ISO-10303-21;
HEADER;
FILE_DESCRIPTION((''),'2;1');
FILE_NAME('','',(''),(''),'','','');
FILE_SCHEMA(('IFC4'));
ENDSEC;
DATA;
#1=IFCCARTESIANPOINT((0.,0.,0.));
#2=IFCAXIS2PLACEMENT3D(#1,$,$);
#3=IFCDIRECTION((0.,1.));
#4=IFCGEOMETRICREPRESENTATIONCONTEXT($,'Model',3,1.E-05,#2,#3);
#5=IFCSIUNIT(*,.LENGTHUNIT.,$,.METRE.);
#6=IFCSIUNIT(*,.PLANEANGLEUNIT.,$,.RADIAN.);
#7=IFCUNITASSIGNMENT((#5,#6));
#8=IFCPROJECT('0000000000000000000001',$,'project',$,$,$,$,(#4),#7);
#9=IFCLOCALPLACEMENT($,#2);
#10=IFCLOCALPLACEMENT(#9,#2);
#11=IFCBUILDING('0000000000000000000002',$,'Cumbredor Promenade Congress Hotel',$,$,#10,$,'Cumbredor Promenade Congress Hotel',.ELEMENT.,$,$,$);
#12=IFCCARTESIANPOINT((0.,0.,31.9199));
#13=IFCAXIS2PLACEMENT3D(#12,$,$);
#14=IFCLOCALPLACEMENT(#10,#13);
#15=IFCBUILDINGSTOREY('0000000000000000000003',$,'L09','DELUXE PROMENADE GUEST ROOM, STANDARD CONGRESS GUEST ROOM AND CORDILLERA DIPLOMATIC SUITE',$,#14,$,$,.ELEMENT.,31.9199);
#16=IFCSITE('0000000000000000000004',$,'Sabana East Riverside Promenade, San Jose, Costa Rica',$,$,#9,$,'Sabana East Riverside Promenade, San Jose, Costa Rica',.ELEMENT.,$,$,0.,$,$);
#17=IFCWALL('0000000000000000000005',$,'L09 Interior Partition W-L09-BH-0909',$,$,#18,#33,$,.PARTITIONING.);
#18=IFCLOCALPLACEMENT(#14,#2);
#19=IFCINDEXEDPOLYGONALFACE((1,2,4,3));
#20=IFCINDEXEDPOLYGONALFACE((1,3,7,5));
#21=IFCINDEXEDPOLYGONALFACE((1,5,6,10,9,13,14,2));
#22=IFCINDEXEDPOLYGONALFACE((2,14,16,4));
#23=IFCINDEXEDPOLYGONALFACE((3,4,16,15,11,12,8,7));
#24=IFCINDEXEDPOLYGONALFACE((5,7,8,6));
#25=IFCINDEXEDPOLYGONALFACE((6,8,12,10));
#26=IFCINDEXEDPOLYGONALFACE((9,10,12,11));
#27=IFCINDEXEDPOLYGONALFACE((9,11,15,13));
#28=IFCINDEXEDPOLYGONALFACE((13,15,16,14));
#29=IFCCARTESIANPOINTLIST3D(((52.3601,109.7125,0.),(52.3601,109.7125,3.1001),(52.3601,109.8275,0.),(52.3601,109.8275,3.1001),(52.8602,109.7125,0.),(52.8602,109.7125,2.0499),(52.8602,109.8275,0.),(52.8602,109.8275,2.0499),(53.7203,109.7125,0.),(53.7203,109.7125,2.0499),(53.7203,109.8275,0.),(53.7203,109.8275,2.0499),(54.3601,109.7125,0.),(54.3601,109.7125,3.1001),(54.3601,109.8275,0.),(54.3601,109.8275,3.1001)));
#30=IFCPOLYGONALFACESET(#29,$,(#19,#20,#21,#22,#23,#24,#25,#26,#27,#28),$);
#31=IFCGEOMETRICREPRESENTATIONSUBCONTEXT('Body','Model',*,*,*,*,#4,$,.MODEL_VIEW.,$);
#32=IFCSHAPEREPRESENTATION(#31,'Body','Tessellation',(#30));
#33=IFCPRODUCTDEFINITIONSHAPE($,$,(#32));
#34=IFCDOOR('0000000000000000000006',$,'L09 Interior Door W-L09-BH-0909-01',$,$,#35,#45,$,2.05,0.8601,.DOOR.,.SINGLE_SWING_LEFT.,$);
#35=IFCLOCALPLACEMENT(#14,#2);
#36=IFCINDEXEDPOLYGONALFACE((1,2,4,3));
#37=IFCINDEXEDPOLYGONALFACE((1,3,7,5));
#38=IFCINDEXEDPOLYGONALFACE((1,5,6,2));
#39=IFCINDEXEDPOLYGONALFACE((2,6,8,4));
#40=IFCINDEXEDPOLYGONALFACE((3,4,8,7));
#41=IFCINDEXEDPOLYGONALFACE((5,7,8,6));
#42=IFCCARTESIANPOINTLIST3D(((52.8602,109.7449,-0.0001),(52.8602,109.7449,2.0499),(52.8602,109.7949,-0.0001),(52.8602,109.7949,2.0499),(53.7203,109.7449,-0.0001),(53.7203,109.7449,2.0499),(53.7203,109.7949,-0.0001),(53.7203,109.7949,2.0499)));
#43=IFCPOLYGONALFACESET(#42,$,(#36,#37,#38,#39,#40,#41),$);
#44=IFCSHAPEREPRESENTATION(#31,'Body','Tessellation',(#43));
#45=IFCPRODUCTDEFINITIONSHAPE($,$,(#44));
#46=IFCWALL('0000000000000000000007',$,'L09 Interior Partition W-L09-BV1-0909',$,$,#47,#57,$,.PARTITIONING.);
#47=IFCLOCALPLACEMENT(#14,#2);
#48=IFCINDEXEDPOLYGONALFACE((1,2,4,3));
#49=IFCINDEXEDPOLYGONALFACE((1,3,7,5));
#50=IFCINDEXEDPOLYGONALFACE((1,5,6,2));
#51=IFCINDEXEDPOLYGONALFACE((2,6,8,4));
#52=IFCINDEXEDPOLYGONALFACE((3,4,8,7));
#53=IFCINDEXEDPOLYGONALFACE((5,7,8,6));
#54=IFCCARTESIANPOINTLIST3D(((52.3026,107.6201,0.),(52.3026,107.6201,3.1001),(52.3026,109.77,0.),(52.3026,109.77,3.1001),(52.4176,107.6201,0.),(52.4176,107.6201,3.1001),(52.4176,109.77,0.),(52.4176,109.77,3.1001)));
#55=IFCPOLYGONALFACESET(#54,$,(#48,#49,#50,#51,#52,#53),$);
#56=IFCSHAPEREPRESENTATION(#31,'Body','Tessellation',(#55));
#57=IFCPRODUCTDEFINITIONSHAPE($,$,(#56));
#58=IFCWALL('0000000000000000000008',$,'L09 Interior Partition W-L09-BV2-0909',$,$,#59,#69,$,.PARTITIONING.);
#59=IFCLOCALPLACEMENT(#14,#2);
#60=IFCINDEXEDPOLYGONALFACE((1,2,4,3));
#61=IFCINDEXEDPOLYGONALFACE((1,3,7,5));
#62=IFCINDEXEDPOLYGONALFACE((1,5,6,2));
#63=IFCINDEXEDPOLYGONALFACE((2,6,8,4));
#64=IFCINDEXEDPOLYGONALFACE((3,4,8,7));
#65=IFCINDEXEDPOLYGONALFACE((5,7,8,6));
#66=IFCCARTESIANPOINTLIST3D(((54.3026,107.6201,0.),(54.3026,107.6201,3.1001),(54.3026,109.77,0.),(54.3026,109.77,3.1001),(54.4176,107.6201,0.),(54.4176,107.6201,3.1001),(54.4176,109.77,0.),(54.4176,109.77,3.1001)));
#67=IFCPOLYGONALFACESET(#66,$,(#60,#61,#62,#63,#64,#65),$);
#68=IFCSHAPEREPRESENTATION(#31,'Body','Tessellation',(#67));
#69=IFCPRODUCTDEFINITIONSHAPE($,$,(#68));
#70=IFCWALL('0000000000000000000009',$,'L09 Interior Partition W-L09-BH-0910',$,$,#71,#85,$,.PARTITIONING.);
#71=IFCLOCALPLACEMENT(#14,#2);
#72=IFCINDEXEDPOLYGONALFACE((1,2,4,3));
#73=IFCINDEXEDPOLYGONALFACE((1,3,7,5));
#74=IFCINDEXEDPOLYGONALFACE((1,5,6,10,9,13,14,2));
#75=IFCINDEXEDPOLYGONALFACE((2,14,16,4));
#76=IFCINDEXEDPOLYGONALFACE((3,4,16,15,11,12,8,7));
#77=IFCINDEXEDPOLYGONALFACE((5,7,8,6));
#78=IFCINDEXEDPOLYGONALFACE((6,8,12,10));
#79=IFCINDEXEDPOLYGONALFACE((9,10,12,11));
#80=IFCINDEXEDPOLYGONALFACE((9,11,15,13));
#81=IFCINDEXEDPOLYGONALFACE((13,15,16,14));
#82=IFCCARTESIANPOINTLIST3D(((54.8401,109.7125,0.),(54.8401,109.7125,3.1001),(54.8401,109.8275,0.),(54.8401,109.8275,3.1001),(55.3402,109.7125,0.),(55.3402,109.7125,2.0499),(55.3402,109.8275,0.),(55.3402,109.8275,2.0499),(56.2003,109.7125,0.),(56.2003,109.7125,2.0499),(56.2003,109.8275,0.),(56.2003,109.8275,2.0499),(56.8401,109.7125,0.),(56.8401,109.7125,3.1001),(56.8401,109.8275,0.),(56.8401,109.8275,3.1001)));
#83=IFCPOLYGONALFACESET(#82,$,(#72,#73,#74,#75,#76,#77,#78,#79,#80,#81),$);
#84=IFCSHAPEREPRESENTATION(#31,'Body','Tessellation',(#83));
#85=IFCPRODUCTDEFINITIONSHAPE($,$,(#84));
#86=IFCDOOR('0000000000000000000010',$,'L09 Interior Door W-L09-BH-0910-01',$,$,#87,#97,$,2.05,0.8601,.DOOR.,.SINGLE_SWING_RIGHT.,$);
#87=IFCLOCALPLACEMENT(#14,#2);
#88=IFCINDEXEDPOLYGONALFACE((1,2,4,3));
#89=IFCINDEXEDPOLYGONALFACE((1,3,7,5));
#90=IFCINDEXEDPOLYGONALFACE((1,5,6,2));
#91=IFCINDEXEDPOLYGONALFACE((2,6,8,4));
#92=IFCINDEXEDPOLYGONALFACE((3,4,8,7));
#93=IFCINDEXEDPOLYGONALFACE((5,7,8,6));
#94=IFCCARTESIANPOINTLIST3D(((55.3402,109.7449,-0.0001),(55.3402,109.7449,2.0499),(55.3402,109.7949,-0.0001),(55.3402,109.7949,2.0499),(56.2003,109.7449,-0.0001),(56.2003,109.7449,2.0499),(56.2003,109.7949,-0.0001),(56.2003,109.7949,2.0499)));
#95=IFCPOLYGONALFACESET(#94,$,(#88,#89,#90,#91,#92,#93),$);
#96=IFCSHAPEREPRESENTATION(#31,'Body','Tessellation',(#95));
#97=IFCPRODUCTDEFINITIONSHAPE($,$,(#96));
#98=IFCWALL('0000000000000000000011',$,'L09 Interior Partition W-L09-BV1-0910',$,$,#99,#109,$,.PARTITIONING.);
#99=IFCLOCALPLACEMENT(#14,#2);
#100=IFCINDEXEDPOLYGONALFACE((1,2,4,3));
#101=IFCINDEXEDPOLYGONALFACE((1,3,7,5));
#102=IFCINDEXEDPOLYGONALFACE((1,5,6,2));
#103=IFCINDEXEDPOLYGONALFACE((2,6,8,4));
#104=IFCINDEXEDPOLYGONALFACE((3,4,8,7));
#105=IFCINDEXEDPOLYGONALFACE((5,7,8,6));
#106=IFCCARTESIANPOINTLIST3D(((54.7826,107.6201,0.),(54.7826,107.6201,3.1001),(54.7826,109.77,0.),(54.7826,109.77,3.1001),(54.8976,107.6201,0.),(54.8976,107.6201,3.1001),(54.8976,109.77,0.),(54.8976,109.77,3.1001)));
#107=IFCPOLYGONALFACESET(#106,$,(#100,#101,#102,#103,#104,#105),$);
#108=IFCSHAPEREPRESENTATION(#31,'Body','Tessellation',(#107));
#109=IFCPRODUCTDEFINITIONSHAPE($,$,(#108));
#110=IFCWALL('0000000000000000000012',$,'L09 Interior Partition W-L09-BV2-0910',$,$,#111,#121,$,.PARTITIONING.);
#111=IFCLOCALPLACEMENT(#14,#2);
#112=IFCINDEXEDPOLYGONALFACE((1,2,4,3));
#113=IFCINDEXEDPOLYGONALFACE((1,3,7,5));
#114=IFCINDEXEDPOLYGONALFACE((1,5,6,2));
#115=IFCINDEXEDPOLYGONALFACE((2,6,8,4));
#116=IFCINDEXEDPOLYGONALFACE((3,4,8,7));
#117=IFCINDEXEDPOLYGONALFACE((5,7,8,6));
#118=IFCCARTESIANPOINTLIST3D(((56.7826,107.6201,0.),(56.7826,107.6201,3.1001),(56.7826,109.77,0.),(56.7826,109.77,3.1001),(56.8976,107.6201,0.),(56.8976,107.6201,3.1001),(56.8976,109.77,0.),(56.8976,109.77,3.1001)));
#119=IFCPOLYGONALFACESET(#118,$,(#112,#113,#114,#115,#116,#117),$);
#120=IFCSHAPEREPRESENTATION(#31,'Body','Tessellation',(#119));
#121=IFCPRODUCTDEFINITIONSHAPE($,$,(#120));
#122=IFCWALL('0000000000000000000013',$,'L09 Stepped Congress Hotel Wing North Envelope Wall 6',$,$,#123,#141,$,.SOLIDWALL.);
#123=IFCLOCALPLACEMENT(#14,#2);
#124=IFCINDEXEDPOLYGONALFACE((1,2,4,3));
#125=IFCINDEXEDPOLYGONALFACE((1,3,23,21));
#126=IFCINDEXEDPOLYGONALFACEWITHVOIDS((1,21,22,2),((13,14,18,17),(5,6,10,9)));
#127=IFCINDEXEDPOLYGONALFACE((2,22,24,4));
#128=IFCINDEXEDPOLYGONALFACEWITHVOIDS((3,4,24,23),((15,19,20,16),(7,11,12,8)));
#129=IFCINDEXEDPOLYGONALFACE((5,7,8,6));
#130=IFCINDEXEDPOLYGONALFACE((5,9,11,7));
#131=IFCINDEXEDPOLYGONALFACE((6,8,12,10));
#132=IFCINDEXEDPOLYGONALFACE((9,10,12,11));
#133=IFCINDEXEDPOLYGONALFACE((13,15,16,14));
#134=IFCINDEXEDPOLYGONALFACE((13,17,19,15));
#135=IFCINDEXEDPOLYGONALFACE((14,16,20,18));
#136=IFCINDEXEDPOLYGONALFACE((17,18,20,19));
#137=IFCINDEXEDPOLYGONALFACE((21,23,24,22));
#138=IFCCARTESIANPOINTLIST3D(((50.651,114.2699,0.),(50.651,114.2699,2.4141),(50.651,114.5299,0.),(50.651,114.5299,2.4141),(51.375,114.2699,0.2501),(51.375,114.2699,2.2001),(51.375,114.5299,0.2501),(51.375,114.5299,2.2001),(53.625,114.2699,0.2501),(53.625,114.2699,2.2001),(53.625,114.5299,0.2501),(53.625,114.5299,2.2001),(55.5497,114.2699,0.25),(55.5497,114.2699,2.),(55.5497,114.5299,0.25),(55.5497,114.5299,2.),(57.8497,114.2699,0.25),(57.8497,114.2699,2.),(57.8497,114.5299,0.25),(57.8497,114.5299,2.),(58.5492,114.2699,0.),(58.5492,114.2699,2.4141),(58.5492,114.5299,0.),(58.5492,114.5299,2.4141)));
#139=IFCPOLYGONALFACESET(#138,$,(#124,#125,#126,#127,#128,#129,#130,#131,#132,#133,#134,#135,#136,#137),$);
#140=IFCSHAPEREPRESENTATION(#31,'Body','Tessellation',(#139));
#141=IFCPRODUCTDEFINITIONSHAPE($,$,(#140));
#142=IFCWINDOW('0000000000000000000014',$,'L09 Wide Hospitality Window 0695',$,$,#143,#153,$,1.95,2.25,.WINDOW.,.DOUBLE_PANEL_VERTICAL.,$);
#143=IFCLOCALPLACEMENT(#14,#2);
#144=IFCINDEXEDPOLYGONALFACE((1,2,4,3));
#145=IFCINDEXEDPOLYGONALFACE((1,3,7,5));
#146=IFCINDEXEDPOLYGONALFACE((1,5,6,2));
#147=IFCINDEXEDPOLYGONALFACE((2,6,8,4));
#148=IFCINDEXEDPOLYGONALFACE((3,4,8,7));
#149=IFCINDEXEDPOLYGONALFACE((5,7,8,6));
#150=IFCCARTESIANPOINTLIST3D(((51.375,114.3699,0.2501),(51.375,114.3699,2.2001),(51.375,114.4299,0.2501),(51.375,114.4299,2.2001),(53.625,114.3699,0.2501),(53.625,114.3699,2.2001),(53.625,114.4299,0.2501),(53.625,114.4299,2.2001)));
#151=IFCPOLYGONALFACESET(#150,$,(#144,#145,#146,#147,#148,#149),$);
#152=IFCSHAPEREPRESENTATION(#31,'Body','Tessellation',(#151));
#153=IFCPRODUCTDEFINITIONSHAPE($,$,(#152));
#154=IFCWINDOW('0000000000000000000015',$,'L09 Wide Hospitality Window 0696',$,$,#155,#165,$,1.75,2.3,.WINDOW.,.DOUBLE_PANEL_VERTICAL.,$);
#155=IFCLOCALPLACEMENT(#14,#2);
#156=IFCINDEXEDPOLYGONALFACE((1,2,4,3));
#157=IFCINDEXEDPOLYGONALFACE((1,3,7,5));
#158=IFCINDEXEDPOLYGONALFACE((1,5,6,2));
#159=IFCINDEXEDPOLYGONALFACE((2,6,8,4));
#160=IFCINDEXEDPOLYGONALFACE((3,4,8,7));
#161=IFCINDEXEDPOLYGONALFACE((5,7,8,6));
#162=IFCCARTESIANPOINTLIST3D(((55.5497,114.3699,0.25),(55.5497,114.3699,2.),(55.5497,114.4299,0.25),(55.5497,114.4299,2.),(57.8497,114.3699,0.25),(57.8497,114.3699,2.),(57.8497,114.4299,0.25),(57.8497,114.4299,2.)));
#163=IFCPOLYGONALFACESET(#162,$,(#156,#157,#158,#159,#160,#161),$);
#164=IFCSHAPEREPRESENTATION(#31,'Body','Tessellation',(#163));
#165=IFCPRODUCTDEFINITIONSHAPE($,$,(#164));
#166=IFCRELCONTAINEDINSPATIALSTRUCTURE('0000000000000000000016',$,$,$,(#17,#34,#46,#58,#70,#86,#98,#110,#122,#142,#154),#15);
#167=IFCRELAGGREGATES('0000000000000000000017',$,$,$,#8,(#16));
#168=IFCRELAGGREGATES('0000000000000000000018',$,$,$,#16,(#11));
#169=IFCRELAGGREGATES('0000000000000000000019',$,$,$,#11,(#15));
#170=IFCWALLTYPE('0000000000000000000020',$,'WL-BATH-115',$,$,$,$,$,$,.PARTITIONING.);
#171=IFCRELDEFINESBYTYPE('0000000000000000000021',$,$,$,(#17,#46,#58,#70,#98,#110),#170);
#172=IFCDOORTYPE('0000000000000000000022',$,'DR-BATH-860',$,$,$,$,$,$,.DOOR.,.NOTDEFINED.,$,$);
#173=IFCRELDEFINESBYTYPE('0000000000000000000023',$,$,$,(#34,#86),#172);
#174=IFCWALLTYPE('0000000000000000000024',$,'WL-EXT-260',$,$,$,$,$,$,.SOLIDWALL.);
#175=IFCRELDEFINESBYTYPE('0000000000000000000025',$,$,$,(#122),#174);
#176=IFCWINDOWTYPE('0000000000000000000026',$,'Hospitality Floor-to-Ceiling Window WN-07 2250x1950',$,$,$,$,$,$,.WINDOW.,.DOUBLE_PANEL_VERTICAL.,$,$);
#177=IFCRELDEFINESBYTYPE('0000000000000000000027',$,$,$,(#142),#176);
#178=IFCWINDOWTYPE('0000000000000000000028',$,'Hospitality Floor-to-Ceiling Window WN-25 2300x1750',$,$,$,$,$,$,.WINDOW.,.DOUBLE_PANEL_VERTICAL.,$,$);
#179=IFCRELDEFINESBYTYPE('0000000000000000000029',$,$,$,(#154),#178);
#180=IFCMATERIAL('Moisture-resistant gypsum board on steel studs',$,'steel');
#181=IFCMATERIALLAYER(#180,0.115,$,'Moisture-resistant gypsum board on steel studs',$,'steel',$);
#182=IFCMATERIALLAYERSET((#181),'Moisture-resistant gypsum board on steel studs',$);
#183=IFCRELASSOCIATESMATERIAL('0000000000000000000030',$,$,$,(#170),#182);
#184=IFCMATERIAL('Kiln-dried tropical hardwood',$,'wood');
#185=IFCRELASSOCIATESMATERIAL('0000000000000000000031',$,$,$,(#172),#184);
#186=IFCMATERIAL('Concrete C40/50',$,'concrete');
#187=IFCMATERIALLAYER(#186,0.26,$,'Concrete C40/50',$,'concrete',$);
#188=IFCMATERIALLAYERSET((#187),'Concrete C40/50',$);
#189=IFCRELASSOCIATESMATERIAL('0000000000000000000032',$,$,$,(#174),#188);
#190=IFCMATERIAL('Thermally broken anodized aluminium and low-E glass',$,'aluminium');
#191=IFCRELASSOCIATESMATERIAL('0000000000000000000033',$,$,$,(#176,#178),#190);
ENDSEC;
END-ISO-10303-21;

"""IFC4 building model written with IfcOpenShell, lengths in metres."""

from ifc_helpers import new_model, si_unit, direction, frame, frame_2d, origin, place, context, subcontext, project, spatial, rectangle, extrude, material, layer, layer_set, type_object, element, fill, save


model = new_model("IFC4")

# Units and contexts
model_context = context("Model", 3, precision=1e-05, world=origin(), true_north=direction((0.0, 1.0)))
body_context = subcontext(model_context, "Body", "Model", "MODEL_VIEW")
ifc_project = project(units=[si_unit("LENGTHUNIT", "METRE"), si_unit("PLANEANGLEUNIT", "RADIAN")], contexts=[model_context])

# Site, building, storey
site_placement = place(None, origin())
site = spatial("IfcSite", under=ifc_project, at=site_placement, Name="Sabana East Riverside Promenade, San Jose, Costa Rica", LongName="Sabana East Riverside Promenade, San Jose, Costa Rica", CompositionType="ELEMENT", RefElevation=0.0)
building_placement = place(site_placement, origin())
building = spatial("IfcBuilding", under=site, at=building_placement, Name="Cumbredor Promenade Congress Hotel", LongName="Cumbredor Promenade Congress Hotel", CompositionType="ELEMENT")
storey_placement = place(building_placement, frame((0.0, 0.0, 31.9199)))
storey = spatial("IfcBuildingStorey", under=building, at=storey_placement, Name="L09", Description="DELUXE PROMENADE GUEST ROOM, STANDARD CONGRESS GUEST ROOM AND CORDILLERA DIPLOMATIC SUITE", CompositionType="ELEMENT", Elevation=31.9199)

# Shared definitions
ifc_material_1 = material(Name="Concrete C40/50", Category="concrete")

# Shared definitions
ifc_material_2 = material(Name="Thermally broken anodized aluminium and low-E glass", Category="aluminium")
ifc_material_3 = material(Name="Kiln-dried tropical hardwood", Category="wood")

# Shared definitions
ifc_material_4 = material(Name="Moisture-resistant gypsum board on steel studs", Category="steel")
ifc_layer_1 = layer(ifc_material_4, 0.115, Name="Moisture-resistant gypsum board on steel studs", Category="steel")
ifc_layer_set_1 = layer_set([ifc_layer_1], Name="Moisture-resistant gypsum board on steel studs")
wall_type_1 = type_object("IfcWallType", Name="WL-BATH-115", PredefinedType="PARTITIONING", material=ifc_layer_set_1)

# Wall, opening, door
wall_1_placement = place(storey_placement, frame((52.3601, 109.77, 0.0), z_axis=(0.0, 0.0, 1.0), x_axis=(1.0, 0.0, 0.0)))
wall_1 = element("IfcWall", 1, at=wall_1_placement, inside=storey, type_object=wall_type_1, Name="L09 Interior Partition W-L09-BH-0909", PredefinedType="PARTITIONING", context=body_context, shape_type="SweptSolid", body=[
    extrude(rectangle(XDim=2.0, YDim=0.115, at=frame_2d((1.0, 0.0))), origin(), (0.0, 0.0, 1.0), 3.1001),
])
opening_1_placement = place(wall_1_placement, frame((0.5, 0.0, 0.0)))
opening_1 = element("IfcOpeningElement", 2, at=opening_1_placement, cuts=wall_1, PredefinedType="OPENING", context=body_context, shape_type="SweptSolid", body=[
    extrude(rectangle(XDim=0.8601, YDim=2.05, at=frame_2d((0.4302, 1.0249))), frame((0.0, 0.0674, 0.0), z_axis=(0.0, -1.0, 0.0), x_axis=(1.0, 0.0, 0.0)), (0.0, 0.0, 1.0), 0.135),
])
door_type = type_object("IfcDoorType", Name="DR-BATH-860", OperationType="NOTDEFINED", PredefinedType="DOOR", material=ifc_material_3)
door_1_placement = place(opening_1_placement, origin())
door_1 = element("IfcDoor", 3, at=door_1_placement, inside=storey, type_object=door_type, Name="L09 Interior Door W-L09-BH-0909-01", OperationType="SINGLE_SWING_LEFT", OverallHeight=2.05, OverallWidth=0.8601, PredefinedType="DOOR", context=body_context, shape_type="SweptSolid", body=[
    extrude(rectangle(XDim=0.8601, YDim=2.05, at=frame_2d((0.4302, 1.0249))), frame((0.0, 0.0249, 0.0), z_axis=(0.0, -1.0, 0.0), x_axis=(1.0, 0.0, 0.0)), (0.0, 0.0, 1.0), 0.05),
])
fill(opening_1, door_1)

# Walls
for number, where, z_axis, x_axis, name in (
    (4, (52.3601, 107.6201, 0.0), (0.0, 0.0, 1.0), (0.0, 1.0, 0.0), "L09 Interior Partition W-L09-BV1-0909"),
    (5, (54.3601, 107.6201, 0.0), (0.0, 0.0, 1.0), (0.0, 1.0, 0.0), "L09 Interior Partition W-L09-BV2-0909"),
):
    element("IfcWall", number, at=place(storey_placement, frame(where, z_axis=z_axis, x_axis=x_axis)), inside=storey, type_object=wall_type_1, Name=name, PredefinedType="PARTITIONING", context=body_context, shape_type="SweptSolid", body=[
        extrude(rectangle(XDim=2.1499, YDim=0.115, at=frame_2d((1.075, 0.0))), origin(), (0.0, 0.0, 1.0), 3.1001),
    ])

# Wall, opening, door
wall_2_placement = place(storey_placement, frame((54.8401, 109.77, 0.0), z_axis=(0.0, 0.0, 1.0), x_axis=(1.0, 0.0, 0.0)))
wall_2 = element("IfcWall", 6, at=wall_2_placement, inside=storey, type_object=wall_type_1, Name="L09 Interior Partition W-L09-BH-0910", PredefinedType="PARTITIONING", context=body_context, shape_type="SweptSolid", body=[
    extrude(rectangle(XDim=2.0, YDim=0.115, at=frame_2d((1.0, 0.0))), origin(), (0.0, 0.0, 1.0), 3.1001),
])
opening_2_placement = place(wall_2_placement, frame((0.5, 0.0, 0.0)))
opening_2 = element("IfcOpeningElement", 7, at=opening_2_placement, cuts=wall_2, PredefinedType="OPENING", context=body_context, shape_type="SweptSolid", body=[
    extrude(rectangle(XDim=0.8601, YDim=2.05, at=frame_2d((0.4302, 1.0249))), frame((0.0, 0.0674, 0.0), z_axis=(0.0, -1.0, 0.0), x_axis=(1.0, 0.0, 0.0)), (0.0, 0.0, 1.0), 0.135),
])
door_2_placement = place(opening_2_placement, origin())
door_2 = element("IfcDoor", 8, at=door_2_placement, inside=storey, type_object=door_type, Name="L09 Interior Door W-L09-BH-0910-01", OperationType="SINGLE_SWING_RIGHT", OverallHeight=2.05, OverallWidth=0.8601, PredefinedType="DOOR", context=body_context, shape_type="SweptSolid", body=[
    extrude(rectangle(XDim=0.8601, YDim=2.05, at=frame_2d((0.4302, 1.0249))), frame((0.0, 0.0249, 0.0), z_axis=(0.0, -1.0, 0.0), x_axis=(1.0, 0.0, 0.0)), (0.0, 0.0, 1.0), 0.05),
])
fill(opening_2, door_2)

# Walls
for number, where, z_axis, x_axis, name in (
    (9, (54.8401, 107.6201, 0.0), (0.0, 0.0, 1.0), (0.0, 1.0, 0.0), "L09 Interior Partition W-L09-BV1-0910"),
    (10, (56.8401, 107.6201, 0.0), (0.0, 0.0, 1.0), (0.0, 1.0, 0.0), "L09 Interior Partition W-L09-BV2-0910"),
):
    element("IfcWall", number, at=place(storey_placement, frame(where, z_axis=z_axis, x_axis=x_axis)), inside=storey, type_object=wall_type_1, Name=name, PredefinedType="PARTITIONING", context=body_context, shape_type="SweptSolid", body=[
        extrude(rectangle(XDim=2.1499, YDim=0.115, at=frame_2d((1.075, 0.0))), origin(), (0.0, 0.0, 1.0), 3.1001),
    ])

# Wall, openings, windows
ifc_layer_2 = layer(ifc_material_1, 0.26, Name="Concrete C40/50", Category="concrete")
ifc_layer_set_2 = layer_set([ifc_layer_2], Name="Concrete C40/50")
wall_type_2 = type_object("IfcWallType", Name="WL-EXT-260", PredefinedType="SOLIDWALL", material=ifc_layer_set_2)
wall_3_placement = place(storey_placement, frame((50.6509, 114.3999, 0.0), z_axis=(0.0, 0.0, 1.0), x_axis=(1.0, 0.0, 0.0)))
wall_3 = element("IfcWall", 11, at=wall_3_placement, inside=storey, type_object=wall_type_2, Name="L09 Stepped Congress Hotel Wing North Envelope Wall 6", PredefinedType="SOLIDWALL", context=body_context, shape_type="SweptSolid", body=[
    extrude(rectangle(XDim=7.8982, YDim=0.26, at=frame_2d((3.9492, 0.0))), origin(), (0.0, 0.0, 1.0), 2.4141),
])
opening_3_placement = place(wall_3_placement, frame((0.7241, 0.0, 0.25)))
opening_3 = element("IfcOpeningElement", 12, at=opening_3_placement, cuts=wall_3, PredefinedType="OPENING", context=body_context, shape_type="SweptSolid", body=[
    extrude(rectangle(XDim=2.25, YDim=1.95, at=frame_2d((1.125, 0.9751))), frame((0.0, 0.1401, 0.0), z_axis=(0.0, -1.0, 0.0), x_axis=(1.0, 0.0, 0.0)), (0.0, 0.0, 1.0), 0.28),
])
opening_4_placement = place(wall_3_placement, frame((4.8989, 0.0, 0.25)))
opening_4 = element("IfcOpeningElement", 13, at=opening_4_placement, cuts=wall_3, PredefinedType="OPENING", context=body_context, shape_type="SweptSolid", body=[
    extrude(rectangle(XDim=2.3, YDim=1.75, at=frame_2d((1.1499, 0.875))), frame((0.0, 0.1401, 0.0), z_axis=(0.0, -1.0, 0.0), x_axis=(1.0, 0.0, 0.0)), (0.0, 0.0, 1.0), 0.28),
])
window_type_1 = type_object("IfcWindowType", Name="Hospitality Floor-to-Ceiling Window WN-07 2250x1950", PartitioningType="DOUBLE_PANEL_VERTICAL", PredefinedType="WINDOW", material=ifc_material_2)
window_1_placement = place(opening_3_placement, origin())
window_1 = element("IfcWindow", 14, at=window_1_placement, inside=storey, type_object=window_type_1, Name="L09 Wide Hospitality Window 0695", OverallHeight=1.95, OverallWidth=2.25, PartitioningType="DOUBLE_PANEL_VERTICAL", PredefinedType="WINDOW", context=body_context, shape_type="SweptSolid", body=[
    extrude(rectangle(XDim=2.25, YDim=1.95, at=frame_2d((1.125, 0.9751))), frame((0.0, 0.03, 0.0), z_axis=(0.0, -1.0, 0.0), x_axis=(1.0, 0.0, 0.0)), (0.0, 0.0, 1.0), 0.0601),
])
fill(opening_3, window_1)
window_type_2 = type_object("IfcWindowType", Name="Hospitality Floor-to-Ceiling Window WN-25 2300x1750", PartitioningType="DOUBLE_PANEL_VERTICAL", PredefinedType="WINDOW", material=ifc_material_2)
window_2_placement = place(opening_4_placement, origin())
window_2 = element("IfcWindow", 15, at=window_2_placement, inside=storey, type_object=window_type_2, Name="L09 Wide Hospitality Window 0696", OverallHeight=1.75, OverallWidth=2.3, PartitioningType="DOUBLE_PANEL_VERTICAL", PredefinedType="WINDOW", context=body_context, shape_type="SweptSolid", body=[
    extrude(rectangle(XDim=2.3, YDim=1.75, at=frame_2d((1.1499, 0.875))), frame((0.0, 0.03, 0.0), z_axis=(0.0, -1.0, 0.0), x_axis=(1.0, 0.0, 0.0)), (0.0, 0.0, 1.0), 0.0601),
])
fill(opening_4, window_2)

save(model, "model.ifc")
